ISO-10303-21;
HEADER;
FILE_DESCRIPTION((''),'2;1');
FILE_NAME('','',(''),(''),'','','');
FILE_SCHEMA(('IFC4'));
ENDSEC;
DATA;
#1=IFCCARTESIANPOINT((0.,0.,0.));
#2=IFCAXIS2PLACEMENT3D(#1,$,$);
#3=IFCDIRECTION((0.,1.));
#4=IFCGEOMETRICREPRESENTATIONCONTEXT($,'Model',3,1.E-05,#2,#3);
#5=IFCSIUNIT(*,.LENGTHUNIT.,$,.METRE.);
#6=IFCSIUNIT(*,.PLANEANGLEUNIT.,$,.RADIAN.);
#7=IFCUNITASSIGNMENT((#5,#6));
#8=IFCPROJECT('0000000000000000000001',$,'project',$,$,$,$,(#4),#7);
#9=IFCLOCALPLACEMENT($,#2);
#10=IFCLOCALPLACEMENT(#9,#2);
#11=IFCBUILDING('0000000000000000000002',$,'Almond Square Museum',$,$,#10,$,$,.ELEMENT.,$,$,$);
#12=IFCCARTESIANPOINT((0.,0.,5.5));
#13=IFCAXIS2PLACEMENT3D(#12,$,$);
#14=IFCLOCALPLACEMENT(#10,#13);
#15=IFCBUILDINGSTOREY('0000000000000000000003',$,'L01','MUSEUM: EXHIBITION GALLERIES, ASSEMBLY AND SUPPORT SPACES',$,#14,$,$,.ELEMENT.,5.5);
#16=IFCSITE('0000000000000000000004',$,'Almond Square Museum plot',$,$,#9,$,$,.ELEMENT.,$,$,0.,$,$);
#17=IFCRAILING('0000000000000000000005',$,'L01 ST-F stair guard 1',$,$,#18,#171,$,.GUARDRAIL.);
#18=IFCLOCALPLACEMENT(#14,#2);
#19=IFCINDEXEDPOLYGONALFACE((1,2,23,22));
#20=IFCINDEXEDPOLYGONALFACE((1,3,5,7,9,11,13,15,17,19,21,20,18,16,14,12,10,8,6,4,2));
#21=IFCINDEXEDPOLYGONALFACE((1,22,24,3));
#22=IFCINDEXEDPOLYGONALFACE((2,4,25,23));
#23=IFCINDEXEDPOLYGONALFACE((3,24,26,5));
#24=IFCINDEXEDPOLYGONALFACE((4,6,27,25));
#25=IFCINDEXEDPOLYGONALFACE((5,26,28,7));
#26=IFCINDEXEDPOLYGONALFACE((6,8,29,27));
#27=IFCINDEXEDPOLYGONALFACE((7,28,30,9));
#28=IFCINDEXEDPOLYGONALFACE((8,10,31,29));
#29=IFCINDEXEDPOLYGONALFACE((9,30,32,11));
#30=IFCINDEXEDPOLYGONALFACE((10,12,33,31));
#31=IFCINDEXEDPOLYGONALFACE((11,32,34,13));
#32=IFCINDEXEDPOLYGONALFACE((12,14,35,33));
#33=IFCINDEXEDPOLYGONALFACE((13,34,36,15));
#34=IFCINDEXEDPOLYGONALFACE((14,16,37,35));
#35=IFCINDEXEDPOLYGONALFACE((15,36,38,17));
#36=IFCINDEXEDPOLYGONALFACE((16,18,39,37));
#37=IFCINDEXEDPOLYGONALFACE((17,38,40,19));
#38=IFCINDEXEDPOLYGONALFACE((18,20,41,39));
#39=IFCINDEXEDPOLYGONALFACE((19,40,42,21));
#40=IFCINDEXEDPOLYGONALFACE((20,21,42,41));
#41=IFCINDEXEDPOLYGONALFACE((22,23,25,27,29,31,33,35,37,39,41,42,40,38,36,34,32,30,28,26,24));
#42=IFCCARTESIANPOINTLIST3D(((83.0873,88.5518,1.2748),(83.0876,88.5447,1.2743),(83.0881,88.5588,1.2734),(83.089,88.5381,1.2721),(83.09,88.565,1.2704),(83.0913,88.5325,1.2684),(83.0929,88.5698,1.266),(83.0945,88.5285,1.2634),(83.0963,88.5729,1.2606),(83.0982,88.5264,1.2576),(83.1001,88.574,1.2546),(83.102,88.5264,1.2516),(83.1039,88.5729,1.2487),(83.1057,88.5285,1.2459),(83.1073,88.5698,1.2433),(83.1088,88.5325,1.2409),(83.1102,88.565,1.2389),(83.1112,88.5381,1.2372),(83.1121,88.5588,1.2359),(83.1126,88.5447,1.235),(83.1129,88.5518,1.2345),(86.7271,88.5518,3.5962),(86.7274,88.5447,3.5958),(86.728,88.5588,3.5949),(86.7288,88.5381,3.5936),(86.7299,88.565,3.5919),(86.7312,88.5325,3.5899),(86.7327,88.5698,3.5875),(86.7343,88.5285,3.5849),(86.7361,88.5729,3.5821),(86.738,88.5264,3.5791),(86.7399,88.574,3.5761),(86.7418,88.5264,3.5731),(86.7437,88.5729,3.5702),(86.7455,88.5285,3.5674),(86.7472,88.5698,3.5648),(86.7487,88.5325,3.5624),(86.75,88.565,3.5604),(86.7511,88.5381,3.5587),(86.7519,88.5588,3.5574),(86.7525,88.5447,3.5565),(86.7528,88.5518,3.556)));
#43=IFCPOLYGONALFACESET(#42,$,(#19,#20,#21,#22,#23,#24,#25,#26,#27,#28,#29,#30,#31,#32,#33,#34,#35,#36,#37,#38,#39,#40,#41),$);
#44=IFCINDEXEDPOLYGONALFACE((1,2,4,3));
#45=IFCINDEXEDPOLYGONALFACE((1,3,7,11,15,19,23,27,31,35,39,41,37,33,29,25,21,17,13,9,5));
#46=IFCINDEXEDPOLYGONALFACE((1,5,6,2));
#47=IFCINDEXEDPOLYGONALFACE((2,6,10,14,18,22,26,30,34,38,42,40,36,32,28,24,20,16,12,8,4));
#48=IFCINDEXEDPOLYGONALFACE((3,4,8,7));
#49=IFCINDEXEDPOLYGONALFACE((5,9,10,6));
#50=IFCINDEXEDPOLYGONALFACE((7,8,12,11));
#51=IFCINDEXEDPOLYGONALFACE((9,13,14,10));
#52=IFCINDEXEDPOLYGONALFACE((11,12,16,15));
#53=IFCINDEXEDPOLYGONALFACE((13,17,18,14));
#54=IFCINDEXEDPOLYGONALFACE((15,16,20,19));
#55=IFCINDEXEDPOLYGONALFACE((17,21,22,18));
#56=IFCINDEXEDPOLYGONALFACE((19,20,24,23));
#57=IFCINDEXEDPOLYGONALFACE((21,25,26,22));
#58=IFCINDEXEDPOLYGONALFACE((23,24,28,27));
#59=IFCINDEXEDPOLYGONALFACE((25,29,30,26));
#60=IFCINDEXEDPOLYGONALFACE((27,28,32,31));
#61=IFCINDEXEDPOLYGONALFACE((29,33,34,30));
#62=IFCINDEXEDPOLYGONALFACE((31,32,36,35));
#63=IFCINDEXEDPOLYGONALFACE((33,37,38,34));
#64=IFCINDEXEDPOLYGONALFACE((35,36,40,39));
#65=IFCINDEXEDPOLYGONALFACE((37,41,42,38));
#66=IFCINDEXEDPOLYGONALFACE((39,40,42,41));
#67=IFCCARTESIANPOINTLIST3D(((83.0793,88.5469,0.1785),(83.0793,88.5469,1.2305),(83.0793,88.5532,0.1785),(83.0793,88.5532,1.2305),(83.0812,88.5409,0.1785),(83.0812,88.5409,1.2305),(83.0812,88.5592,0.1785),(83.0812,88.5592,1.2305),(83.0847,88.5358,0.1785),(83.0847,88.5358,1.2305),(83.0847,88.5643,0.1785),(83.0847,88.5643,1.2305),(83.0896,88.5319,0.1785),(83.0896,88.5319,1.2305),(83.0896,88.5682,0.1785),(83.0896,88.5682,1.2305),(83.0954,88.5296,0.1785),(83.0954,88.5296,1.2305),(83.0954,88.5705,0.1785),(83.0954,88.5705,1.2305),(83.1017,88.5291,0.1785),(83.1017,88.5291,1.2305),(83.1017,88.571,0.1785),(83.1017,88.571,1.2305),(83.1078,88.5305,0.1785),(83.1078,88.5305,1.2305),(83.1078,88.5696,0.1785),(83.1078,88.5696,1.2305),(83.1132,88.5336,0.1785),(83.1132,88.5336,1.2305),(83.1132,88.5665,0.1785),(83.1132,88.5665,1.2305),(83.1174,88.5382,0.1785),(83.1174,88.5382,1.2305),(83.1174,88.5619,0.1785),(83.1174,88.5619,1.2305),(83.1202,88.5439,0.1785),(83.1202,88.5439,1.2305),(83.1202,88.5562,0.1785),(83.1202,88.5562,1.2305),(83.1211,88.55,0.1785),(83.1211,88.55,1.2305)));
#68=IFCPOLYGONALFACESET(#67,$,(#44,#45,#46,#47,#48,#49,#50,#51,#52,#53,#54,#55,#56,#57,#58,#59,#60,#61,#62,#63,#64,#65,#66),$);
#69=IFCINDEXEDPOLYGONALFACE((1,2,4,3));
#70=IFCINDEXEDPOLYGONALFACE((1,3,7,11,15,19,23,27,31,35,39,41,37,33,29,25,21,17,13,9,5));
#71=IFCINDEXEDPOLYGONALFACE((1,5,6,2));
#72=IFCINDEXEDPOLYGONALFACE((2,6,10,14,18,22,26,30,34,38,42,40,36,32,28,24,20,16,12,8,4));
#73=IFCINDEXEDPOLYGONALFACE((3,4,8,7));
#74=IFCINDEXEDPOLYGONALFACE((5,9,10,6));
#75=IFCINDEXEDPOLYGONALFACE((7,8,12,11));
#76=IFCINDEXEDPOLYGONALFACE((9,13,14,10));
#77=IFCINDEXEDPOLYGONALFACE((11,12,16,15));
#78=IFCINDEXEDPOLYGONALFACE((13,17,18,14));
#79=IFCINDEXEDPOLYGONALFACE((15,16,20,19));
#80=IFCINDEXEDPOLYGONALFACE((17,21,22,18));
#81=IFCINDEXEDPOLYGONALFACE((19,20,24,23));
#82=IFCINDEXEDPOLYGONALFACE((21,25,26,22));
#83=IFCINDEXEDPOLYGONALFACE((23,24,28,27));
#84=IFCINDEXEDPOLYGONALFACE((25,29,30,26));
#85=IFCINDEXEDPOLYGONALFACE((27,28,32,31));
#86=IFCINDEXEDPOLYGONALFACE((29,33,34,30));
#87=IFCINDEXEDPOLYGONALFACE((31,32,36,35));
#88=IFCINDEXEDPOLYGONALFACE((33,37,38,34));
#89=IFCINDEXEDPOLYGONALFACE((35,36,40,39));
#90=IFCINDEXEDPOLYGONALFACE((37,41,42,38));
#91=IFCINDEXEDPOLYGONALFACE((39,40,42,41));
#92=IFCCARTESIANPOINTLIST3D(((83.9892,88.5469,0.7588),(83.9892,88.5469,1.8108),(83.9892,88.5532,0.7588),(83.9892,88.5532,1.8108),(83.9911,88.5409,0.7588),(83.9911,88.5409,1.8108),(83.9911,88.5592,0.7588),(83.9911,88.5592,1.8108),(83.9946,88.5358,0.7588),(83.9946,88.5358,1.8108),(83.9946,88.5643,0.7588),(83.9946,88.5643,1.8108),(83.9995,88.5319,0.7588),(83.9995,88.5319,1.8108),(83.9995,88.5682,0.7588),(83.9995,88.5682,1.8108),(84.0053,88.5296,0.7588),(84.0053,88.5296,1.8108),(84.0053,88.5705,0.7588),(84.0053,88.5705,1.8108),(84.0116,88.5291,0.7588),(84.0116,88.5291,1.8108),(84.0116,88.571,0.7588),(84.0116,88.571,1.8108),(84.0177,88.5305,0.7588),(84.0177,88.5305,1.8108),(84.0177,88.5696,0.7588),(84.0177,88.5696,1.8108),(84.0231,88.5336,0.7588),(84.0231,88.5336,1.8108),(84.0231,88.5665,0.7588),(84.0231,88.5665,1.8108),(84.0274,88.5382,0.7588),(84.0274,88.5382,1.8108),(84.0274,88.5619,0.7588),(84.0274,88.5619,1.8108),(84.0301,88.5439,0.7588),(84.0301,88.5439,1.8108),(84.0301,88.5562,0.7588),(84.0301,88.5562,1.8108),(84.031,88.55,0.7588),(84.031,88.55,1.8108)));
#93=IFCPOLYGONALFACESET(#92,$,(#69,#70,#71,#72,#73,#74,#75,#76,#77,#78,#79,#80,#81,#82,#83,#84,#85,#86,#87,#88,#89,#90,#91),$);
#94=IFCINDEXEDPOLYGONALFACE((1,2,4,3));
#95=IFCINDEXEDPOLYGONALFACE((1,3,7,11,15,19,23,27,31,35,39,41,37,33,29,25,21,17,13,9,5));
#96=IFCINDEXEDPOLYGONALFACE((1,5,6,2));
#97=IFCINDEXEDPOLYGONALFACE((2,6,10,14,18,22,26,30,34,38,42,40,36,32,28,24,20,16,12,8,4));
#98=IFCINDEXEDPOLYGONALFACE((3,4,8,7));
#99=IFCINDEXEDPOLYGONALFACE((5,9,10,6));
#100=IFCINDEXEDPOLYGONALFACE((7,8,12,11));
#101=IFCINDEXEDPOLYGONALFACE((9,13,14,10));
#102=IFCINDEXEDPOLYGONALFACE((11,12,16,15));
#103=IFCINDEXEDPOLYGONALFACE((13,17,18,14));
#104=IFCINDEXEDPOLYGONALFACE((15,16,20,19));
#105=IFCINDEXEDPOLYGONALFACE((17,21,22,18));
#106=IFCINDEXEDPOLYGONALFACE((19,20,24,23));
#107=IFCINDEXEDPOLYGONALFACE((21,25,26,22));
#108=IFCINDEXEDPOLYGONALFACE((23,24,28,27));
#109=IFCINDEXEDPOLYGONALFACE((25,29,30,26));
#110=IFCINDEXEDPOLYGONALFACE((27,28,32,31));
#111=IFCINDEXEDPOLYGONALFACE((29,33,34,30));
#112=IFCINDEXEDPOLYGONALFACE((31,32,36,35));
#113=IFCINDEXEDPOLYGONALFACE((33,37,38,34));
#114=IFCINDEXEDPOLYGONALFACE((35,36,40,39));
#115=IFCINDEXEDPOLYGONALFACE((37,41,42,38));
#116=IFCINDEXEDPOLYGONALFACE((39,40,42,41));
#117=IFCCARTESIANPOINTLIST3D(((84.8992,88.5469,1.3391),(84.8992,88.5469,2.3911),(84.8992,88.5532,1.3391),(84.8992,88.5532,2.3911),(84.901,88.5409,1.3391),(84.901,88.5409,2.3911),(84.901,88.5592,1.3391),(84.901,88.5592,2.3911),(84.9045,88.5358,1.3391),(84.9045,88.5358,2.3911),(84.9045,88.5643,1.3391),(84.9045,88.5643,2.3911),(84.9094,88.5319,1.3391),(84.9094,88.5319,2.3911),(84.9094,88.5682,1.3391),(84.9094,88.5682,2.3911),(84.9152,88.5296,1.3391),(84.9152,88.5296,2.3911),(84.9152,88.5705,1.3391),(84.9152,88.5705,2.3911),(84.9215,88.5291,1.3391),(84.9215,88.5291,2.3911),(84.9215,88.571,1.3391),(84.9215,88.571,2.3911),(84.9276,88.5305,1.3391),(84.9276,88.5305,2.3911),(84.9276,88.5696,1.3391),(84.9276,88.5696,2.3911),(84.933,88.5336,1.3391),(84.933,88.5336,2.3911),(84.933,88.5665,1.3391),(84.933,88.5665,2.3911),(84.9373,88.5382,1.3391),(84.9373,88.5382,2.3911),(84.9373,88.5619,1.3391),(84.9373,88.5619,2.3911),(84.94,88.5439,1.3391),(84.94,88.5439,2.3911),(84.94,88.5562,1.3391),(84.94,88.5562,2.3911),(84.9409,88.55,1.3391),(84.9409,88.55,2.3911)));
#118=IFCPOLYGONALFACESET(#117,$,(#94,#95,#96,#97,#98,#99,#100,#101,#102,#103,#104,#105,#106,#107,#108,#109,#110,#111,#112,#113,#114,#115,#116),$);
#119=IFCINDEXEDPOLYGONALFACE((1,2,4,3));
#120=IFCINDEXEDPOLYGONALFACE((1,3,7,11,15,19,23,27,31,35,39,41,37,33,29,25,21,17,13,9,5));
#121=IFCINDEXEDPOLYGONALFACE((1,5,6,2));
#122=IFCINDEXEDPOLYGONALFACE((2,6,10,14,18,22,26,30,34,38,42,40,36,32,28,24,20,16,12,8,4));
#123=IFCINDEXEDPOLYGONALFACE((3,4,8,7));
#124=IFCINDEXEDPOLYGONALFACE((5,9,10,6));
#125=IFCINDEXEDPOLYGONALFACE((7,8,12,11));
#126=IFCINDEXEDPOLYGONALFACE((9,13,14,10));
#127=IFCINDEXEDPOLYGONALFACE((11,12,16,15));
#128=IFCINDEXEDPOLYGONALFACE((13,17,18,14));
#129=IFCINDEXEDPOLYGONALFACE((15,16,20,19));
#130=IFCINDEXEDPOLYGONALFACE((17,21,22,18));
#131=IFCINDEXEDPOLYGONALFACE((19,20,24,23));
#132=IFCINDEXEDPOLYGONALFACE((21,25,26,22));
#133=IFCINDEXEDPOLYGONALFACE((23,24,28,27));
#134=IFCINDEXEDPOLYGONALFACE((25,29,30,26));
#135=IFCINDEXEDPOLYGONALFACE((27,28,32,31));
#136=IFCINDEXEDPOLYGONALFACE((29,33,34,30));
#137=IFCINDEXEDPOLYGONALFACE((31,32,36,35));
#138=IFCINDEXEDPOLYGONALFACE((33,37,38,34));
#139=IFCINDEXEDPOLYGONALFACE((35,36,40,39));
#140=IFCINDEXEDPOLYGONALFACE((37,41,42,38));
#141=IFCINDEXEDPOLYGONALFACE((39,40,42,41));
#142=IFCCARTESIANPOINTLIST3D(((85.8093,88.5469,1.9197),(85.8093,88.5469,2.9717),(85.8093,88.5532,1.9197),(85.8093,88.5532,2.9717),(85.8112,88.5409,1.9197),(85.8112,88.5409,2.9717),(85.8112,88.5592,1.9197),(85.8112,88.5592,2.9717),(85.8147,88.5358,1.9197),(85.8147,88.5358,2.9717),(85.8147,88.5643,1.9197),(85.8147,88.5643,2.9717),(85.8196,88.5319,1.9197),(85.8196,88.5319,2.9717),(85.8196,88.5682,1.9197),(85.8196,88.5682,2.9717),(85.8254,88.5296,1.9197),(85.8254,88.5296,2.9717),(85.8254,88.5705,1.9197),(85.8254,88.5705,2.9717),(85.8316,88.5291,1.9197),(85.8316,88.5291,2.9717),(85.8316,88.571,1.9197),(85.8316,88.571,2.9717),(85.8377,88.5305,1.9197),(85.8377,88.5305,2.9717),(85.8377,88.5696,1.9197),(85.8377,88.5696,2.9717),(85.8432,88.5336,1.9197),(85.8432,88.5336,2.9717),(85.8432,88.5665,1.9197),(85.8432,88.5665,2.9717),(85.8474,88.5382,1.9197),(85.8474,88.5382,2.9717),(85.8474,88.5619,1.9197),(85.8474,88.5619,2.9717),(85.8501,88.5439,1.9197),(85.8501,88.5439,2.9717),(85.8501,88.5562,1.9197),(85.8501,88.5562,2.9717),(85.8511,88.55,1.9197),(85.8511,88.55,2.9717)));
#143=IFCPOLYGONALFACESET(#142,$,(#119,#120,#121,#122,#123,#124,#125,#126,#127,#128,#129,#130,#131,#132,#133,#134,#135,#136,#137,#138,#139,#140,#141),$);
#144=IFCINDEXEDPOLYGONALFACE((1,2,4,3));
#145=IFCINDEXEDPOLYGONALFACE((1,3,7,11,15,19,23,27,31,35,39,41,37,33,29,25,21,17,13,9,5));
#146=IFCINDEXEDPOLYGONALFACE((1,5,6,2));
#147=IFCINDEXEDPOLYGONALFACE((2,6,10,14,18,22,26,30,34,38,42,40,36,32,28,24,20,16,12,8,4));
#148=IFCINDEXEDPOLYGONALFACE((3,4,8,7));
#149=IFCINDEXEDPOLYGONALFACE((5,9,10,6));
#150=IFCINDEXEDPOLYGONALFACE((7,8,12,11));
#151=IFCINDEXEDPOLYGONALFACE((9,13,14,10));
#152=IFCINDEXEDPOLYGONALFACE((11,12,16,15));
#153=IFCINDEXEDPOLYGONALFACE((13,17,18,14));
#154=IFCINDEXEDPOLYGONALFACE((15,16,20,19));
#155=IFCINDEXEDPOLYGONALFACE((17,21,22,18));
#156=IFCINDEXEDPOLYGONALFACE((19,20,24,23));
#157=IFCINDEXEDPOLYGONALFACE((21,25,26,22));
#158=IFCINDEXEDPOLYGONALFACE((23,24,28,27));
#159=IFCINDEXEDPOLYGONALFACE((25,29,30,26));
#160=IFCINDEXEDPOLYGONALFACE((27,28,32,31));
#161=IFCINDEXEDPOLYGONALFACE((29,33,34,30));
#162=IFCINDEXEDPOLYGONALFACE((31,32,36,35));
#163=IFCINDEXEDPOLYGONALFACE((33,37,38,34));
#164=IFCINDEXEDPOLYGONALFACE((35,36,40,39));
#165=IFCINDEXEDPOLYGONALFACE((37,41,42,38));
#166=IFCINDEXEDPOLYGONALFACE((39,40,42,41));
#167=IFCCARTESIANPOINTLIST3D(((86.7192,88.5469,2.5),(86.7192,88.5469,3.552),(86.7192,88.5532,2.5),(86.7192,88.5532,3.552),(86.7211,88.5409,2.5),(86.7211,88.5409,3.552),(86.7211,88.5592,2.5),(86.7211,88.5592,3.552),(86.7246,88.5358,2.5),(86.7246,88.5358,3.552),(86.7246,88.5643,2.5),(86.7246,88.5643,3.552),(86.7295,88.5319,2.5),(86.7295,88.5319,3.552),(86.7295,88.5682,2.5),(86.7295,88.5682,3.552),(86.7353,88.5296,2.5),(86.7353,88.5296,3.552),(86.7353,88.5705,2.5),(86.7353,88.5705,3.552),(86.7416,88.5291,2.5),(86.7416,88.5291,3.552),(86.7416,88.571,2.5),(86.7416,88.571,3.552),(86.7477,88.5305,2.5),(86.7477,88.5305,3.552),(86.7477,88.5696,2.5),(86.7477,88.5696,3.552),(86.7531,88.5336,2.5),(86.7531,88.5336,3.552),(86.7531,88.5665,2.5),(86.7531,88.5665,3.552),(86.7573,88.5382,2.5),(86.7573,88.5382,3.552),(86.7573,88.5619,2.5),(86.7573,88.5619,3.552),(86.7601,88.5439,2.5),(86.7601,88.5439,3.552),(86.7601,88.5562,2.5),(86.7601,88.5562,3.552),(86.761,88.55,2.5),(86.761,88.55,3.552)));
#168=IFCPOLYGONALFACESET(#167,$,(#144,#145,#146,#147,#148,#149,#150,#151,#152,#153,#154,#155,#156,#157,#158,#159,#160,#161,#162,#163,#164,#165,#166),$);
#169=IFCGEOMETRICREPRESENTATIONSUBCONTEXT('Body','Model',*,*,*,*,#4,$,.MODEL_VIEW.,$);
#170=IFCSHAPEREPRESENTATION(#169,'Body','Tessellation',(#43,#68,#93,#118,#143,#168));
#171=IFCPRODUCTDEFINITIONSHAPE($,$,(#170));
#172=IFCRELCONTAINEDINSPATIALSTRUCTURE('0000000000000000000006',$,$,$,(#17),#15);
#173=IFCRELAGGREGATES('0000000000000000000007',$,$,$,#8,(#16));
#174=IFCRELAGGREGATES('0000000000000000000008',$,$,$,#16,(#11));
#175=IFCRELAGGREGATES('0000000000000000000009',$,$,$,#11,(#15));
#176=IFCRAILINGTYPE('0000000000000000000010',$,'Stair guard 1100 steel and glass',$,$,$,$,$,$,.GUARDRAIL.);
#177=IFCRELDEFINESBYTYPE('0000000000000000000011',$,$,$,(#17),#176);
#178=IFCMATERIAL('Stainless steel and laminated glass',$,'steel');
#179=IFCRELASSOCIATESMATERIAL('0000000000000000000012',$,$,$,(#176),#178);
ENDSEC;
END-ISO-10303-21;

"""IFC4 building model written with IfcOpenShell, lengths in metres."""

from ifc_helpers import new_model, si_unit, direction, frame, origin, origin_2d, place, context, subcontext, project, spatial, circle, extrude, material, type_object, element, save


model = new_model("IFC4")

# Units and contexts
model_context = context("Model", 3, precision=1e-05, world=origin(), true_north=direction((0.0, 1.0)))
body_context = subcontext(model_context, "Body", "Model", "MODEL_VIEW")
ifc_project = project(units=[si_unit("LENGTHUNIT", "METRE"), si_unit("PLANEANGLEUNIT", "RADIAN")], contexts=[model_context])

# Site, building, storey
site_placement = place(None, origin())
site = spatial("IfcSite", under=ifc_project, at=site_placement, Name="Almond Square Museum plot", CompositionType="ELEMENT", RefElevation=0.0)
building_placement = place(site_placement, origin())
building = spatial("IfcBuilding", under=site, at=building_placement, Name="Almond Square Museum", CompositionType="ELEMENT")
storey_placement = place(building_placement, frame((0.0, 0.0, 5.5)))
storey = spatial("IfcBuildingStorey", under=building, at=storey_placement, Name="L01", Description="MUSEUM: EXHIBITION GALLERIES, ASSEMBLY AND SUPPORT SPACES", CompositionType="ELEMENT", Elevation=5.5)

# Railing
ifc_material_1 = material(Name="Stainless steel and laminated glass", Category="steel")
railing_type_1 = type_object("IfcRailingType", Name="Stair guard 1100 steel and glass", PredefinedType="GUARDRAIL", material=ifc_material_1)
railing_1_placement = place(storey_placement, frame((83.1001, 88.55, 0.1785)))
element("IfcRailing", 1, at=railing_1_placement, inside=storey, type_object=railing_type_1, Name="L01 ST-F stair guard 1", PredefinedType="GUARDRAIL", context=body_context, shape_type="SweptSolid", body=[
    extrude(circle(Radius=0.0239, at=origin_2d()), frame((0.0, 0.0, 1.0762), z_axis=(0.843112, 0.0, 0.537739), x_axis=(0.0, 1.0, 0.0)), (0.0, 0.0, 1.0), 4.3171),
    extrude(circle(Radius=0.021, at=origin_2d()), origin(), (0.0, 0.0, 1.0), 1.052),
    extrude(circle(Radius=0.021, at=origin_2d()), frame((0.9099, 0.0, 0.5803)), (0.0, 0.0, 1.0), 1.052),
    extrude(circle(Radius=0.021, at=origin_2d()), frame((1.8198, 0.0, 1.1606)), (0.0, 0.0, 1.0), 1.052),
    extrude(circle(Radius=0.021, at=origin_2d()), frame((2.73, 0.0, 1.7412)), (0.0, 0.0, 1.0), 1.052),
    extrude(circle(Radius=0.021, at=origin_2d()), frame((3.6399, 0.0, 2.3215)), (0.0, 0.0, 1.0), 1.052),
])

save(model, "model.ifc")
